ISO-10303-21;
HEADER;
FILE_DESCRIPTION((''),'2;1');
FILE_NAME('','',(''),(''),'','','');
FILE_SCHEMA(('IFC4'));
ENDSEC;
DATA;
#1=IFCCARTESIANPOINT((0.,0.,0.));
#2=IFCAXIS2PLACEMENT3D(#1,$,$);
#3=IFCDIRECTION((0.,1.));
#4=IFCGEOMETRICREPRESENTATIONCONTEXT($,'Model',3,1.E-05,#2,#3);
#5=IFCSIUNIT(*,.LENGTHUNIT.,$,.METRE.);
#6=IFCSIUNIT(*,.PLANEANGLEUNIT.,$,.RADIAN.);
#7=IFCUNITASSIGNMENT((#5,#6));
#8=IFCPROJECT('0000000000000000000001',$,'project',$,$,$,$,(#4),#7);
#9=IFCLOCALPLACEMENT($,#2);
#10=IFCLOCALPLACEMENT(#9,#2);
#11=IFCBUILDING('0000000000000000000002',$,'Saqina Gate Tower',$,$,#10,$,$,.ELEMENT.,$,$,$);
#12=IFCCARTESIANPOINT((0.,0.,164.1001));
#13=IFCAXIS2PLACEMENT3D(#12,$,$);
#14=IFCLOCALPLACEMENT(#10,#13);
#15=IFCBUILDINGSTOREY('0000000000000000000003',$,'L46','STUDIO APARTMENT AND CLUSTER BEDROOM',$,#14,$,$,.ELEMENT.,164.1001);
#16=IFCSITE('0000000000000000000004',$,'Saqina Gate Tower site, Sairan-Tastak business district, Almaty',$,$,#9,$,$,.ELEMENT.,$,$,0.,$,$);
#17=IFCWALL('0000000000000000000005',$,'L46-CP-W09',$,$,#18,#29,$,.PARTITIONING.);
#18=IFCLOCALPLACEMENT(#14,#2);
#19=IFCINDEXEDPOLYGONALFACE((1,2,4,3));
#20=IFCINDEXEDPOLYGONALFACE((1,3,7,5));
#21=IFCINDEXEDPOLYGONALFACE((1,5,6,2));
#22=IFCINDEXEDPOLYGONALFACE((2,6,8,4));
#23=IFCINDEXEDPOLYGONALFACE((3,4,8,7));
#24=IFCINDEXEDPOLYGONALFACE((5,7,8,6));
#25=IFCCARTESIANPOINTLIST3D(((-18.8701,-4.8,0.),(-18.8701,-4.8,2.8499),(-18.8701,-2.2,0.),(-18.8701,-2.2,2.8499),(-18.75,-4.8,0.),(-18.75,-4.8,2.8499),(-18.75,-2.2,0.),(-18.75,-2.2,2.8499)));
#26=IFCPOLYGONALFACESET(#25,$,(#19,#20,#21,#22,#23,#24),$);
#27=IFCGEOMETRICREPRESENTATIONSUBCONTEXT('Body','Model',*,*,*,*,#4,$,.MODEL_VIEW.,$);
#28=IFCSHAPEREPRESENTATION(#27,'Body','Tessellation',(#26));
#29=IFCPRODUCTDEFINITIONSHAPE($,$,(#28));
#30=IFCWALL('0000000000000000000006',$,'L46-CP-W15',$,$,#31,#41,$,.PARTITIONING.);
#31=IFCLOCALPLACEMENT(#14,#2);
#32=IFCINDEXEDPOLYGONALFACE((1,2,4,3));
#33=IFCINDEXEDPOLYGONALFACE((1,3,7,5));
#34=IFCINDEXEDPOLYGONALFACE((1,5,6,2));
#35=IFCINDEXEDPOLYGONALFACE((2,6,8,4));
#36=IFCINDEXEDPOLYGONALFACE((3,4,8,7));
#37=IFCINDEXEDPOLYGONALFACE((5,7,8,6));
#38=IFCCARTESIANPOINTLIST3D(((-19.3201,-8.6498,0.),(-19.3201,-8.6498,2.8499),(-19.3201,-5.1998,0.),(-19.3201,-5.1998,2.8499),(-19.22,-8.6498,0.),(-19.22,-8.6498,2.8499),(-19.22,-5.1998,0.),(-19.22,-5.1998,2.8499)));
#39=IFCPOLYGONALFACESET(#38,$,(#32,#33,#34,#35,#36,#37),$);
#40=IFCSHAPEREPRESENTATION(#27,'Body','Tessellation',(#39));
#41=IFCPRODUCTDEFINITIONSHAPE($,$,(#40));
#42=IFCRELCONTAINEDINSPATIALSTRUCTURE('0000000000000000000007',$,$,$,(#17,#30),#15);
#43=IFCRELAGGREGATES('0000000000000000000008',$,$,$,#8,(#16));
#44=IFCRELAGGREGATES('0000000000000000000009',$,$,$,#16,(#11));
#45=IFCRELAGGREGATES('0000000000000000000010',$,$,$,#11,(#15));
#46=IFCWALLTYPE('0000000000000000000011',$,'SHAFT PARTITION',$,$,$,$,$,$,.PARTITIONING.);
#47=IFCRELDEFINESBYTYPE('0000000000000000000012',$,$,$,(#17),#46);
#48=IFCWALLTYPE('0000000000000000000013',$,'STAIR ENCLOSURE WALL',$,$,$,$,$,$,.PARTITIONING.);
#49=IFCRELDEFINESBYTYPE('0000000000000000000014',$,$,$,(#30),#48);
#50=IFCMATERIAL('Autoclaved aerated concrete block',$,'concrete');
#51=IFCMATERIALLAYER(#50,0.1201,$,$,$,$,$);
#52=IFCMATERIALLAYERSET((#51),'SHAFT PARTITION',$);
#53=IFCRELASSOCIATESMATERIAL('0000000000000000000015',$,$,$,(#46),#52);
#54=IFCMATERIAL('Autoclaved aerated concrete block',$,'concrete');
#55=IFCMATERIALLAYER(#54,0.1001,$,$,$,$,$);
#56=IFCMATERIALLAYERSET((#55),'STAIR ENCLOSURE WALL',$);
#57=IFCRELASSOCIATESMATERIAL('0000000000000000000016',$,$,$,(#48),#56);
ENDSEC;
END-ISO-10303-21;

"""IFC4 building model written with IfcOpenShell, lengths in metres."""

from ifc_helpers import new_model, si_unit, direction, frame, frame_2d, origin, place, context, subcontext, project, spatial, rectangle, extrude, material, layer, layer_set, type_object, element, save


model = new_model("IFC4")

# Units and contexts
model_context = context("Model", 3, precision=1e-05, world=origin(), true_north=direction((0.0, 1.0)))
body_context = subcontext(model_context, "Body", "Model", "MODEL_VIEW")
ifc_project = project(units=[si_unit("LENGTHUNIT", "METRE"), si_unit("PLANEANGLEUNIT", "RADIAN")], contexts=[model_context])

# Site, building, storey
site_placement = place(None, origin())
site = spatial("IfcSite", under=ifc_project, at=site_placement, Name="Saqina Gate Tower site, Sairan-Tastak business district, Almaty", CompositionType="ELEMENT", RefElevation=0.0)
building_placement = place(site_placement, origin())
building = spatial("IfcBuilding", under=site, at=building_placement, Name="Saqina Gate Tower", CompositionType="ELEMENT")
storey_placement = place(building_placement, frame((0.0, 0.0, 164.1001)))
storey = spatial("IfcBuildingStorey", under=building, at=storey_placement, Name="L46", Description="STUDIO APARTMENT AND CLUSTER BEDROOM", CompositionType="ELEMENT", Elevation=164.1001)

# Walls
ifc_material_1 = material(Name="Autoclaved aerated concrete block", Category="concrete")
ifc_layer_1 = layer(ifc_material_1, 0.1201)
ifc_layer_set_1 = layer_set([ifc_layer_1], Name="SHAFT PARTITION")
wall_type_1 = type_object("IfcWallType", Name="SHAFT PARTITION", PredefinedType="PARTITIONING", material=ifc_layer_set_1)
wall_1_placement = place(storey_placement, frame((-18.8101, -4.8, 0.0), z_axis=(0.0, 0.0, 1.0), x_axis=(0.0, 1.0, 0.0)))
element("IfcWall", 1, at=wall_1_placement, inside=storey, type_object=wall_type_1, Name="L46-CP-W09", PredefinedType="PARTITIONING", context=body_context, shape_type="SweptSolid", body=[
    extrude(rectangle(XDim=2.6001, YDim=0.1201, at=frame_2d((1.3, 0.0))), origin(), (0.0, 0.0, 1.0), 2.8499),
])
ifc_material_2 = material(Name="Autoclaved aerated concrete block", Category="concrete")
ifc_layer_2 = layer(ifc_material_2, 0.1001)
ifc_layer_set_2 = layer_set([ifc_layer_2], Name="STAIR ENCLOSURE WALL")
wall_type_2 = type_object("IfcWallType", Name="STAIR ENCLOSURE WALL", PredefinedType="PARTITIONING", material=ifc_layer_set_2)
wall_2_placement = place(storey_placement, frame((-19.27, -8.6499, 0.0), z_axis=(0.0, 0.0, 1.0), x_axis=(0.0, 1.0, 0.0)))
element("IfcWall", 2, at=wall_2_placement, inside=storey, type_object=wall_type_2, Name="L46-CP-W15", PredefinedType="PARTITIONING", context=body_context, shape_type="SweptSolid", body=[
    extrude(rectangle(XDim=3.45, YDim=0.1001, at=frame_2d((1.7251, 0.0))), origin(), (0.0, 0.0, 1.0), 2.8499),
])

save(model, "model.ifc")
